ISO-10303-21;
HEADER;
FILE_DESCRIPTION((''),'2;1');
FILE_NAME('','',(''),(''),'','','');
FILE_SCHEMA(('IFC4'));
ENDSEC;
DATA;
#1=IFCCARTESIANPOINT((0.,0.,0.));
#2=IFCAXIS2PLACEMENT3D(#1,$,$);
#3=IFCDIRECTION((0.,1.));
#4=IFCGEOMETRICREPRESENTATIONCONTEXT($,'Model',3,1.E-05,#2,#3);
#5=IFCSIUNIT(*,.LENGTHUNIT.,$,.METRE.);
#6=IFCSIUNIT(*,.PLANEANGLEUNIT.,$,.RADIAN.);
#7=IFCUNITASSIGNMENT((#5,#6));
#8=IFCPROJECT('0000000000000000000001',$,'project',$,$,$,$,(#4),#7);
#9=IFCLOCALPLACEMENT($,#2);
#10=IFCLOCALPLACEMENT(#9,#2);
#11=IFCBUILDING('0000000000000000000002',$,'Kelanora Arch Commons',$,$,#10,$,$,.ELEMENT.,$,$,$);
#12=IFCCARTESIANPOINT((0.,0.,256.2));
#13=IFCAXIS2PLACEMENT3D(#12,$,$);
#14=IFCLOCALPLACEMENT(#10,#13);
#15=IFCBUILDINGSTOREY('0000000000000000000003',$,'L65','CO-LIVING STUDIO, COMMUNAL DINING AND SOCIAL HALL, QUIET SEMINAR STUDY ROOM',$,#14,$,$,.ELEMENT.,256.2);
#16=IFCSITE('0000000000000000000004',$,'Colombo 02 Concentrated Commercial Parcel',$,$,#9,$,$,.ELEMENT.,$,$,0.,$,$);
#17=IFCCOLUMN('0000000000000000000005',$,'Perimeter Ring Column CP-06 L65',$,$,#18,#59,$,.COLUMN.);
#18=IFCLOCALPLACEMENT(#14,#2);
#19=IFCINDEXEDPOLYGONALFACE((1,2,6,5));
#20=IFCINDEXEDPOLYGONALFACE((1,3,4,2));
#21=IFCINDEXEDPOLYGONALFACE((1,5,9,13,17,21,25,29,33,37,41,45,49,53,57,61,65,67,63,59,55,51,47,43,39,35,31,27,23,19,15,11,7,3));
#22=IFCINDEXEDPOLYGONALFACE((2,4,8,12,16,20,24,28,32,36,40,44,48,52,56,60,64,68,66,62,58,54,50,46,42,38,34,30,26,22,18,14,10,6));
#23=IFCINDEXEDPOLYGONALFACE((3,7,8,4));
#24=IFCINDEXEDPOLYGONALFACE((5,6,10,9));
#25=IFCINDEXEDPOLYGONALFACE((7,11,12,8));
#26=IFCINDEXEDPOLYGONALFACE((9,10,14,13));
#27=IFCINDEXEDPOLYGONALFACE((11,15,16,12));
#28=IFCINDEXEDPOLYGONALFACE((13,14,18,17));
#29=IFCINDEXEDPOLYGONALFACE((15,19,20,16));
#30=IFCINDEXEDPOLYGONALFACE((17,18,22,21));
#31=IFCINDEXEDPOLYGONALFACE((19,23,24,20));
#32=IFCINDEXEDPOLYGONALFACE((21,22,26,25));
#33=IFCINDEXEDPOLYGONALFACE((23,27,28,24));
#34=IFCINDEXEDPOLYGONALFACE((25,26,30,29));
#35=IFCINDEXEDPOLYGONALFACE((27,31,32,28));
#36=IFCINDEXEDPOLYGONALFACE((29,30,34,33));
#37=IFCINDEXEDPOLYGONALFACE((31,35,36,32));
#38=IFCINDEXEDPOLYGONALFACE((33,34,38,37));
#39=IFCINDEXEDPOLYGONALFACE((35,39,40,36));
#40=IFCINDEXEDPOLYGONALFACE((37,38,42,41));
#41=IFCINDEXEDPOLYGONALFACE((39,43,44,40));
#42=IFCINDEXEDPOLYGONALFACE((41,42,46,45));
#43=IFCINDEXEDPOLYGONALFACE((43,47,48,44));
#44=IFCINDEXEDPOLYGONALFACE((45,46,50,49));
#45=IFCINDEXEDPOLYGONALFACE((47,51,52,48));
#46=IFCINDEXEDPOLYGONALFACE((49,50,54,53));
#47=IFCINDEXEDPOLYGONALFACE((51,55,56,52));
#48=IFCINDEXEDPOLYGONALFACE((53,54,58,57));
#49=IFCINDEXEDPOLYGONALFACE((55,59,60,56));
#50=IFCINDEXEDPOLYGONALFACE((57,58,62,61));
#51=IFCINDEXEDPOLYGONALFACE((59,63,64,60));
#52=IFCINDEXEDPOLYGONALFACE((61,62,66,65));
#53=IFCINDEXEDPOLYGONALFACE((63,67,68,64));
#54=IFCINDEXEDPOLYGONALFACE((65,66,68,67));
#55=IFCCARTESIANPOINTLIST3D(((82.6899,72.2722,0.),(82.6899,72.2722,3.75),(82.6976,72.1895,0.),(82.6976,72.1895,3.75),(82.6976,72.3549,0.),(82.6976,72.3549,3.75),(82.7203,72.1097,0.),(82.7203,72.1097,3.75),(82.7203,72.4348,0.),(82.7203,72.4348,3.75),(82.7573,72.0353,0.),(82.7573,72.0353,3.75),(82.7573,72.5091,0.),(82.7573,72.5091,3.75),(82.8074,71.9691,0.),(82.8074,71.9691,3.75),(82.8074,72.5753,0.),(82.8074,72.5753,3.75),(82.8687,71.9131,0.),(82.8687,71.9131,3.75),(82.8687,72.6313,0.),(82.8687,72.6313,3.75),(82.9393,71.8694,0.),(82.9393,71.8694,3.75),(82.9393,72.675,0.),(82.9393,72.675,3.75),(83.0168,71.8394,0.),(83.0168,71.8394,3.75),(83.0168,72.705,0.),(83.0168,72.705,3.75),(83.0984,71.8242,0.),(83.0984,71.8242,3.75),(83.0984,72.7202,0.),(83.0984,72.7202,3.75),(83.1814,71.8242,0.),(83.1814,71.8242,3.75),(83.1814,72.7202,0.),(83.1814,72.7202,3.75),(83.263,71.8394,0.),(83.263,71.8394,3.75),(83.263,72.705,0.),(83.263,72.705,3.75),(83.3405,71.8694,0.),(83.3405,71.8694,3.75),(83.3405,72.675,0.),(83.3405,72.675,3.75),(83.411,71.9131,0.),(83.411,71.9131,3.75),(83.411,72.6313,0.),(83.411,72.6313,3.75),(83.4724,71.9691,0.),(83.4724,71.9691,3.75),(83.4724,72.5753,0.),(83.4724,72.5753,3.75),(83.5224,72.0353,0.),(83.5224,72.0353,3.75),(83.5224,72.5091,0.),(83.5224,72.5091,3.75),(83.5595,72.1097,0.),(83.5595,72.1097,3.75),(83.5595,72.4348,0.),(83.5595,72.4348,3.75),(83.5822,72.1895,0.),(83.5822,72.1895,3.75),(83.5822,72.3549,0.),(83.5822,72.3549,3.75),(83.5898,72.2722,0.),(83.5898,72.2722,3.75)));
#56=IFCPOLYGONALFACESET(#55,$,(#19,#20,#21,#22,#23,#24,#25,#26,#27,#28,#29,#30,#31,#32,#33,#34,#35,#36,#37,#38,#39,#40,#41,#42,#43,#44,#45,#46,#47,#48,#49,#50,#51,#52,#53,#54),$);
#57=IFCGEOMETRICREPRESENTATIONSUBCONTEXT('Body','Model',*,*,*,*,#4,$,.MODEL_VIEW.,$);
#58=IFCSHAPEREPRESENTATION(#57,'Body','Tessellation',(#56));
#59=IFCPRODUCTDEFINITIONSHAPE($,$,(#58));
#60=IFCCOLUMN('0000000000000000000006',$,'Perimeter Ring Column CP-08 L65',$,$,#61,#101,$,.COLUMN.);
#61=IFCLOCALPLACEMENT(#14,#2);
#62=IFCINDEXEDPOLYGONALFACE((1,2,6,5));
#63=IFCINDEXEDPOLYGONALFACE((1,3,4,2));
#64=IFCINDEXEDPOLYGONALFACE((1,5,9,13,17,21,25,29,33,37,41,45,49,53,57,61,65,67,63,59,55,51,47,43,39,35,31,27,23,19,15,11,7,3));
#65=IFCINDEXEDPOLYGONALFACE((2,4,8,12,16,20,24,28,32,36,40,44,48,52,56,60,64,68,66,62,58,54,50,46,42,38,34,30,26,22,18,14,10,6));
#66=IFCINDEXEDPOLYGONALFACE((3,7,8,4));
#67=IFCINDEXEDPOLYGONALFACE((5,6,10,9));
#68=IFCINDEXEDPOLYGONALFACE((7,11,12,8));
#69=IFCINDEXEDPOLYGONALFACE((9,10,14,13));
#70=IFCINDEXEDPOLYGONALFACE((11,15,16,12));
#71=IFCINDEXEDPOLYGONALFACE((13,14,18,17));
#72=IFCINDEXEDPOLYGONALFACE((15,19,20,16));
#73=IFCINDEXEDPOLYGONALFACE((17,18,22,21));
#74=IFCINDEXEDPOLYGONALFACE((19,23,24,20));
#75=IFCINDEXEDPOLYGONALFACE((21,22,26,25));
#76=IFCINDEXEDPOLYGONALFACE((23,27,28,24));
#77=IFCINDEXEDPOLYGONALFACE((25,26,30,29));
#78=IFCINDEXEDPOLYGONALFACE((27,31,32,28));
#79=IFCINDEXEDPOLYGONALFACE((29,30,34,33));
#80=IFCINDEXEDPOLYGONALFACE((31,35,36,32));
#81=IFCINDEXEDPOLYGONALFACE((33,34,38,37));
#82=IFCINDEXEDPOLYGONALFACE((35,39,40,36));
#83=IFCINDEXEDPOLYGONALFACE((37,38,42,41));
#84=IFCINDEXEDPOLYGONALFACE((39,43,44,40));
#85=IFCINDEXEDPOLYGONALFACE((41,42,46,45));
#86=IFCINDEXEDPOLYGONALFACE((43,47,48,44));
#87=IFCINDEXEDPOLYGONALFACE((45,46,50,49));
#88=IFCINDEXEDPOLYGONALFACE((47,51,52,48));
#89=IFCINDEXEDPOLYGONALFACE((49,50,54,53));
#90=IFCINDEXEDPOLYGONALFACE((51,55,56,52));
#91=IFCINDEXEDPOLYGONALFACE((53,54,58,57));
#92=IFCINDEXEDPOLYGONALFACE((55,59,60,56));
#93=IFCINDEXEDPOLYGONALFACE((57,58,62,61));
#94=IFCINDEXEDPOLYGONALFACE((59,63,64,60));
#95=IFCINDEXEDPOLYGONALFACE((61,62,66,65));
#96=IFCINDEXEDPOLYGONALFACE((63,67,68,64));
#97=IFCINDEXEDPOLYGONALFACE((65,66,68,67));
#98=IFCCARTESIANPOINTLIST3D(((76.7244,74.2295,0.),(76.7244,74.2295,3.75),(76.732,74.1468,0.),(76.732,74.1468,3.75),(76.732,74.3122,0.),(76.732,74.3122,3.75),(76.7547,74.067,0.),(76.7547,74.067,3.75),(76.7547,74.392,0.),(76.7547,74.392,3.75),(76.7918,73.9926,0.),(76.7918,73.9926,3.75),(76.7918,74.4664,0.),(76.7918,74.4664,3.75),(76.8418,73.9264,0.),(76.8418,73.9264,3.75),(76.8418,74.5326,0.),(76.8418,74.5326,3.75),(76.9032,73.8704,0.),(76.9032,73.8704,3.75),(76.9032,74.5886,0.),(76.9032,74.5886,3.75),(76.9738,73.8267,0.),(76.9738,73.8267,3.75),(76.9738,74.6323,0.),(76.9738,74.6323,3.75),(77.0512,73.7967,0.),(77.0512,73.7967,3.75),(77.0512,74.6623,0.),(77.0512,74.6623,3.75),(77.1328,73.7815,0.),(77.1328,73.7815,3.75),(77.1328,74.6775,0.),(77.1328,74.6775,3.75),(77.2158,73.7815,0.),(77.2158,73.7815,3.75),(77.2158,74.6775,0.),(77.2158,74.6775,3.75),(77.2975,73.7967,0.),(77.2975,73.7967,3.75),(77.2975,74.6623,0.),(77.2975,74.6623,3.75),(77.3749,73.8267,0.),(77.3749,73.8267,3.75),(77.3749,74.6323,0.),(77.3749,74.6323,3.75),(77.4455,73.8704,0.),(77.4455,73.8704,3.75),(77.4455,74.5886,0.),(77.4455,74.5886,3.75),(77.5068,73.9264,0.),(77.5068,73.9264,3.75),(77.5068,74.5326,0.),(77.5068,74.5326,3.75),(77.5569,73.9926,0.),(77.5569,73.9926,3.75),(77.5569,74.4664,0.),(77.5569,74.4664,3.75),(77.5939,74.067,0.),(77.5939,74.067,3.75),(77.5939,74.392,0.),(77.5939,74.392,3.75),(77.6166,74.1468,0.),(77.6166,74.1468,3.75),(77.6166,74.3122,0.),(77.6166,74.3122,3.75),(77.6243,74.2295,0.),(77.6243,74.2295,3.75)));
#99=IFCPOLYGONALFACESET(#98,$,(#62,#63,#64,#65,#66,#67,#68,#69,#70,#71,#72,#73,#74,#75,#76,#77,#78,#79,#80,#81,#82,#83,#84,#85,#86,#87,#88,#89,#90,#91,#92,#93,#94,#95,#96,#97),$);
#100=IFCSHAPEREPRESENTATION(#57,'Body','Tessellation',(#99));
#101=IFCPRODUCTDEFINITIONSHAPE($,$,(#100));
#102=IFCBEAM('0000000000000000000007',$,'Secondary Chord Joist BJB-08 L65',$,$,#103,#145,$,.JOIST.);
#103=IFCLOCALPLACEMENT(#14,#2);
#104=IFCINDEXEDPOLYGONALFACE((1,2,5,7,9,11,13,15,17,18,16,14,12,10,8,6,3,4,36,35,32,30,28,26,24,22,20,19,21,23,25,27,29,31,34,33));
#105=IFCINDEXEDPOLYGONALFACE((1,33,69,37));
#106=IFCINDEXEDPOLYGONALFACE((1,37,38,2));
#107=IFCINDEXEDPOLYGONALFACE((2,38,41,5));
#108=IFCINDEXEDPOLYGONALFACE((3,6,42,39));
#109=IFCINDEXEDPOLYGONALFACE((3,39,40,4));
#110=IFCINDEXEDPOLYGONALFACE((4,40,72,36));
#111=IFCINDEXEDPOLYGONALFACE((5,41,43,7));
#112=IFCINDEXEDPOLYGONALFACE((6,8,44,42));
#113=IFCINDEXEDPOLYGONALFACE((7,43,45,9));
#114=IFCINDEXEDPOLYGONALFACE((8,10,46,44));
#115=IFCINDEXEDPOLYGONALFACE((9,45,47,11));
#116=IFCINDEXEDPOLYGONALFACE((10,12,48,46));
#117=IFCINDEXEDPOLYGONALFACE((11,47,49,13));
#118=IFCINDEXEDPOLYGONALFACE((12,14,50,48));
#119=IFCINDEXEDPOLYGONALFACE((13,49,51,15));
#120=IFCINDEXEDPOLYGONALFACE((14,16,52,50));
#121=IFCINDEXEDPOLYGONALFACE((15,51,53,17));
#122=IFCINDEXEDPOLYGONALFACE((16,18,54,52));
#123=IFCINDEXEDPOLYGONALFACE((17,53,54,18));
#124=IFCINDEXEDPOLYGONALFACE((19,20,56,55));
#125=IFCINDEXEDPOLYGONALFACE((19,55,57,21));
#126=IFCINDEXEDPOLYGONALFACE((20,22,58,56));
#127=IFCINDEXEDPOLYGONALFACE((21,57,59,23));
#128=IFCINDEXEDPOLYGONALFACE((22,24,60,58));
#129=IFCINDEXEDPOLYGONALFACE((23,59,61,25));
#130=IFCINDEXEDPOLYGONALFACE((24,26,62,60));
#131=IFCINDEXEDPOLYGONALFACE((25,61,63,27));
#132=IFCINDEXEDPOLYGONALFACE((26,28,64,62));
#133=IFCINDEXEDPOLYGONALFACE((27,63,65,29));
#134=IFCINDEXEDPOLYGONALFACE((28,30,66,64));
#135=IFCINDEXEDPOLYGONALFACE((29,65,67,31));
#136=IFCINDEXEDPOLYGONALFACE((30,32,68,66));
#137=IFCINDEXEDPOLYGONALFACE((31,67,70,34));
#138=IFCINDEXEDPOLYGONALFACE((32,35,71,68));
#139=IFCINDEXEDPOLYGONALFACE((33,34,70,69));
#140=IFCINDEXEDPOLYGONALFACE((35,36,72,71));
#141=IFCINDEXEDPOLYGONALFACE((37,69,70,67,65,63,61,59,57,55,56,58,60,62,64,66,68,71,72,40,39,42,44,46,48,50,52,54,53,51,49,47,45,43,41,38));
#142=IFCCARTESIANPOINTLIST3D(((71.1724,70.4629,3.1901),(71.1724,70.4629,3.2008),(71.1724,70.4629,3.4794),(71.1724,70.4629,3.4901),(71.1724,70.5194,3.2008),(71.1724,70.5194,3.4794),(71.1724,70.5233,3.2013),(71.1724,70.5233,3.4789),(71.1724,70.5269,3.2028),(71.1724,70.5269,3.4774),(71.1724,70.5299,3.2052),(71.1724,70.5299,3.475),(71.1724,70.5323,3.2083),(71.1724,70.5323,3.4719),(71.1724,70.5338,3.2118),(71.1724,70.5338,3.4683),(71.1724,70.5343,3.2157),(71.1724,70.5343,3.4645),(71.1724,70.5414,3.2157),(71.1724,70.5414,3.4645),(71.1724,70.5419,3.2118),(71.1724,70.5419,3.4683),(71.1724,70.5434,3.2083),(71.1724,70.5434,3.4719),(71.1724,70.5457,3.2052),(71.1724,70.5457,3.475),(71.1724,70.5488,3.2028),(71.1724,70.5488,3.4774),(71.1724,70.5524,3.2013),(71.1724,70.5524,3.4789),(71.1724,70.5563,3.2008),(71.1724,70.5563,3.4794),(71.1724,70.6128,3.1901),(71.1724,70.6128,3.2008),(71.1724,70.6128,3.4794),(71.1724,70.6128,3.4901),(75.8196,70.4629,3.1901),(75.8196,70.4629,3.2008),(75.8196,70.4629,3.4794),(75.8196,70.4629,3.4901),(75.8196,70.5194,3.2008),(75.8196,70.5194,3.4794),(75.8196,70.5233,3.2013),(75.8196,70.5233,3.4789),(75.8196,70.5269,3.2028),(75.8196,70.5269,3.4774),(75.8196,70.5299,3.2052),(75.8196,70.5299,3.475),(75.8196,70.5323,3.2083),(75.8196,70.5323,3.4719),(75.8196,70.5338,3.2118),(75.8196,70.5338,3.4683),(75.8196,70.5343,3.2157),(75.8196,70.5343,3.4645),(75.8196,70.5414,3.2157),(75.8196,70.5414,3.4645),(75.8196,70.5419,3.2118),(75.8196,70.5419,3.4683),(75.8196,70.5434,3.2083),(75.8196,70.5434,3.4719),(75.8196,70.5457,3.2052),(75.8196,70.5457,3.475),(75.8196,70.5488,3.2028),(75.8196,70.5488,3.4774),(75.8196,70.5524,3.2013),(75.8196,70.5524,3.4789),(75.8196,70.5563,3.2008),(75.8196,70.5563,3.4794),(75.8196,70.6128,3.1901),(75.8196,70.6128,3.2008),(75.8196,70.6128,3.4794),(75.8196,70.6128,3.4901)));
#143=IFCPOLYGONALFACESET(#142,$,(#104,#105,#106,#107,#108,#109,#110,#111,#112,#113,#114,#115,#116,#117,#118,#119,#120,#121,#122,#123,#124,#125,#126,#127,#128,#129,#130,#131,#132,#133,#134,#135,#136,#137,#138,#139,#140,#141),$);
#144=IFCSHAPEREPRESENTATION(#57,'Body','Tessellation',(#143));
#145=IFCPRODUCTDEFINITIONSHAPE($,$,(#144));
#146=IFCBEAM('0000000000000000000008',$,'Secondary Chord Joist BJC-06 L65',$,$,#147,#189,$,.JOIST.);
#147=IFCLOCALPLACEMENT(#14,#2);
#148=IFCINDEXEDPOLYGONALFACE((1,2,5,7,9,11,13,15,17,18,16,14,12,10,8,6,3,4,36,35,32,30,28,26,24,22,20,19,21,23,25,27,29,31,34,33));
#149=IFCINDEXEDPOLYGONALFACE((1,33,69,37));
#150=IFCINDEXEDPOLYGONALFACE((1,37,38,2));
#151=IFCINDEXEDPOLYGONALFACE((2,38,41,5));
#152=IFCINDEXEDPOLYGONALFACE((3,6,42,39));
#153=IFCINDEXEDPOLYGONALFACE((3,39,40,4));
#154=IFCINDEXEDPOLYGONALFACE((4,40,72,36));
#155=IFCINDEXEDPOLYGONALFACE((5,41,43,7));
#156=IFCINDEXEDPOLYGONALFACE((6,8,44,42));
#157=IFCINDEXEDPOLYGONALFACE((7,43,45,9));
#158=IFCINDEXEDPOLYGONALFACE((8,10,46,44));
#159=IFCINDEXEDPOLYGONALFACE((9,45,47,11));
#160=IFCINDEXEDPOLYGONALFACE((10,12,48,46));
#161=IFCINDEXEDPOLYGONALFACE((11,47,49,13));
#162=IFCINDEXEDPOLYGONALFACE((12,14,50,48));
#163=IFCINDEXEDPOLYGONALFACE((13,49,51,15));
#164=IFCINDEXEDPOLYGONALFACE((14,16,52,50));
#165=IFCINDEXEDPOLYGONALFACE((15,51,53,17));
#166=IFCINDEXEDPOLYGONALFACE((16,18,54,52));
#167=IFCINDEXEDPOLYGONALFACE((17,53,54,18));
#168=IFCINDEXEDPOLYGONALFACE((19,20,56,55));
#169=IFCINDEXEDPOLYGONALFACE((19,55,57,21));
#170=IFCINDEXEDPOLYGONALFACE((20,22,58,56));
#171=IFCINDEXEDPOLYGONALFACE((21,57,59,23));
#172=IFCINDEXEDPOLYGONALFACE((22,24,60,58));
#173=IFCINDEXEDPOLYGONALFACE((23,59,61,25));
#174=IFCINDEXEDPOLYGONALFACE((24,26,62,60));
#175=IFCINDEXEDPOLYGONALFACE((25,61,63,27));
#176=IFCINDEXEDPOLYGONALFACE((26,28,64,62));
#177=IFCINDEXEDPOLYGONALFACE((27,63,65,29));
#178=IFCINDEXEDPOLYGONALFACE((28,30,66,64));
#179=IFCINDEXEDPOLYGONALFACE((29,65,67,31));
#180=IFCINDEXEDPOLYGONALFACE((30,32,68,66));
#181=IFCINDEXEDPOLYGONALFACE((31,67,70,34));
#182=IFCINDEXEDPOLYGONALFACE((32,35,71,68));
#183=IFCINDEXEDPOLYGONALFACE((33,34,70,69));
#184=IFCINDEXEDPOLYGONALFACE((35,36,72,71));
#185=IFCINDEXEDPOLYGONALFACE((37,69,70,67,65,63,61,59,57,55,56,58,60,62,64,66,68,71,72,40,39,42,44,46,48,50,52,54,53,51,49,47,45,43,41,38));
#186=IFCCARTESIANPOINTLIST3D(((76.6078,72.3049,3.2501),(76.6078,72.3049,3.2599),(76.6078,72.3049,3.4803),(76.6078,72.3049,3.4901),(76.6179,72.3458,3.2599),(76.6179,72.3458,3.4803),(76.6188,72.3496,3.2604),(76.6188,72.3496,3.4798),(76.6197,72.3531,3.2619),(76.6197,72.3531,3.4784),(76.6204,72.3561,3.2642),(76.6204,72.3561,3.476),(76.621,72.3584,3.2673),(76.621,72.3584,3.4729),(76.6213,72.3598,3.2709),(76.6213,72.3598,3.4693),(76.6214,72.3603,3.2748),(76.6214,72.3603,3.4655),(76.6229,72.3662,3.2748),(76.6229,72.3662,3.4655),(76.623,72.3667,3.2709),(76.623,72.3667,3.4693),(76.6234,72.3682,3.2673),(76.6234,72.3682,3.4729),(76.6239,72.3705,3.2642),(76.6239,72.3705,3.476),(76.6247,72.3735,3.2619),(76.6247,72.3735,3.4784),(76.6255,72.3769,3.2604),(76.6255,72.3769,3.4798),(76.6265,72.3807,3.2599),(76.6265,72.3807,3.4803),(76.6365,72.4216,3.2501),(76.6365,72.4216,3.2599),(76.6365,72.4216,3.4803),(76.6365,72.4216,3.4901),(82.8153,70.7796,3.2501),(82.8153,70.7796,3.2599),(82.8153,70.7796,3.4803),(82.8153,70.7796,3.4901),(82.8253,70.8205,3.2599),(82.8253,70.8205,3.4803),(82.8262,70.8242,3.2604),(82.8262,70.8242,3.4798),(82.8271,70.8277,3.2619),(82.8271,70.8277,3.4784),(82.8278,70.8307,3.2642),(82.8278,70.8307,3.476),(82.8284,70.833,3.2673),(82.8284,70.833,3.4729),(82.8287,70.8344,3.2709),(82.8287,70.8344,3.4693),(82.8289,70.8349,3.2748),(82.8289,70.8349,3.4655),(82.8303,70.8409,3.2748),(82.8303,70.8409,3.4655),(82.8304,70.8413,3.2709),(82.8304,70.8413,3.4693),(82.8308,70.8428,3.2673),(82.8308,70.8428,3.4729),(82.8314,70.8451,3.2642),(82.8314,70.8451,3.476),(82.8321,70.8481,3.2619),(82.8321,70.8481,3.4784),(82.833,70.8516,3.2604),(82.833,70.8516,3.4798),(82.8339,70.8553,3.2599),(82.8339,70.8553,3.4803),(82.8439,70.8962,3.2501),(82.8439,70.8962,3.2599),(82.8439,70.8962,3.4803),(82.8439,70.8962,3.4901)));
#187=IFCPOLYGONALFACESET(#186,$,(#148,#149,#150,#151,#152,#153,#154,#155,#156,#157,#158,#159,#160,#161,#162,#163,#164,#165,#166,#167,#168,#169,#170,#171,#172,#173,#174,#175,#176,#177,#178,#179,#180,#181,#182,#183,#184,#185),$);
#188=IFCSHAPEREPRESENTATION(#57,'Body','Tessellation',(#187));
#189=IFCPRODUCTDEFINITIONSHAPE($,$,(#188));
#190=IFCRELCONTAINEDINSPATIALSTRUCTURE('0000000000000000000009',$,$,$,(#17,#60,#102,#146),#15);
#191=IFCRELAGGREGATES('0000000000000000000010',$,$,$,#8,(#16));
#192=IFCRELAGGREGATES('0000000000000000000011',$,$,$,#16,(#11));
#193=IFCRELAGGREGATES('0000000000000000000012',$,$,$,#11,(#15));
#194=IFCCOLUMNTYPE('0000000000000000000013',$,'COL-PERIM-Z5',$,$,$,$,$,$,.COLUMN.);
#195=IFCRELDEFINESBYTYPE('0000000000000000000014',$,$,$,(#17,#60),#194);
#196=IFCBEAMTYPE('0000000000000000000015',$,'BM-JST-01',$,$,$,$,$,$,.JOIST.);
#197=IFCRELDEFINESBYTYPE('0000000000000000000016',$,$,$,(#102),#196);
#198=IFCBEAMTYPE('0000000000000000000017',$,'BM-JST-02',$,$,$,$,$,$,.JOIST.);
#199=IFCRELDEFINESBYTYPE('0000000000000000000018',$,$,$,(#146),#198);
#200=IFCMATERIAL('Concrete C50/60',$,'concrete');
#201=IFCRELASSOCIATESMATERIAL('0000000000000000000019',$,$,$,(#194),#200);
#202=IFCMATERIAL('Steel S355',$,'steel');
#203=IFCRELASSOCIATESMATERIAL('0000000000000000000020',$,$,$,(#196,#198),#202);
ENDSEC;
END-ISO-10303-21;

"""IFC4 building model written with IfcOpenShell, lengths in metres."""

from ifc_helpers import new_model, si_unit, direction, frame, origin, origin_2d, place, context, subcontext, project, spatial, circle, i_section, extrude, material, material_profile, profile_set, type_object, element, save


model = new_model("IFC4")

# Units and contexts
model_context = context("Model", 3, precision=1e-05, world=origin(), true_north=direction((0.0, 1.0)))
body_context = subcontext(model_context, "Body", "Model", "MODEL_VIEW")
ifc_project = project(units=[si_unit("LENGTHUNIT", "METRE"), si_unit("PLANEANGLEUNIT", "RADIAN")], contexts=[model_context])

# Site, building, storey
site_placement = place(None, origin())
site = spatial("IfcSite", under=ifc_project, at=site_placement, Name="Colombo 02 Concentrated Commercial Parcel", CompositionType="ELEMENT", RefElevation=0.0)
building_placement = place(site_placement, origin())
building = spatial("IfcBuilding", under=site, at=building_placement, Name="Kelanora Arch Commons", CompositionType="ELEMENT")
storey_placement = place(building_placement, frame((0.0, 0.0, 256.2)))
storey = spatial("IfcBuildingStorey", under=building, at=storey_placement, Name="L65", Description="CO-LIVING STUDIO, COMMUNAL DINING AND SOCIAL HALL, QUIET SEMINAR STUDY ROOM", CompositionType="ELEMENT", Elevation=256.2)

# Columns
ifc_material_1 = material(Name="Concrete C50/60", Category="concrete")
ifc_material_profile_1 = material_profile(ifc_material_1, circle(Radius=0.45, at=origin_2d()), Name="RCC900")
ifc_profile_set_1 = profile_set([ifc_material_profile_1], Name="Concrete C50/60")
column_type = type_object("IfcColumnType", Name="COL-PERIM-Z5", PredefinedType="COLUMN", material=ifc_profile_set_1)
for number, where, z_axis, x_axis, name in (
    (1, (83.1399, 72.2722, 0.0), (0.0, 0.0, 1.0), (1.0, 0.0, 0.0), "Perimeter Ring Column CP-06 L65"),
    (2, (77.1743, 74.2295, 0.0), (0.0, 0.0, 1.0), (1.0, 0.0, 0.0), "Perimeter Ring Column CP-08 L65"),
):
    element("IfcColumn", number, at=place(storey_placement, frame(where, z_axis=z_axis, x_axis=x_axis)), inside=storey, type_object=column_type, Name=name, PredefinedType="COLUMN", context=body_context, shape_type="SweptSolid", body=[
        extrude(circle(Radius=0.45, at=origin_2d()), origin(), (0.0, 0.0, 1.0), 3.75),
    ])

# Beams
ifc_material_2 = material(Name="Steel S355", Category="steel")
ifc_material_profile_2 = material_profile(ifc_material_2, i_section(OverallWidth=0.1499, OverallDepth=0.3, WebThickness=0.0071, FlangeThickness=0.0107, FilletRadius=0.0149, at=origin_2d()), Name="IPE300")
ifc_profile_set_2 = profile_set([ifc_material_profile_2], Name="Steel S355")
beam_type_1 = type_object("IfcBeamType", Name="BM-JST-01", PredefinedType="JOIST", material=ifc_profile_set_2)
beam_1_placement = place(storey_placement, frame((75.8196, 70.5378, 3.3401), z_axis=(-1.0, 0.0, 0.0), x_axis=(0.0, -1.0, 0.0)))
element("IfcBeam", 3, at=beam_1_placement, inside=storey, type_object=beam_type_1, Name="Secondary Chord Joist BJB-08 L65", PredefinedType="JOIST", context=body_context, shape_type="SweptSolid", body=[
    extrude(i_section(OverallWidth=0.1499, OverallDepth=0.3, WebThickness=0.0071, FlangeThickness=0.0107, FilletRadius=0.0149, at=origin_2d()), origin(), (0.0, 0.0, 1.0), 4.6472),
])
ifc_material_profile_3 = material_profile(ifc_material_2, i_section(OverallWidth=0.1201, OverallDepth=0.24, WebThickness=0.0061, FlangeThickness=0.0098, FilletRadius=0.0149, at=origin_2d()), Name="IPE240")
ifc_profile_set_3 = profile_set([ifc_material_profile_3], Name="Steel S355")
beam_type_2 = type_object("IfcBeamType", Name="BM-JST-02", PredefinedType="JOIST", material=ifc_profile_set_3)
beam_2_placement = place(storey_placement, frame((82.8296, 70.8379, 3.3701), z_axis=(-0.97111, 0.238633, 0.0), x_axis=(-0.238633, -0.97111, 0.0)))
element("IfcBeam", 4, at=beam_2_placement, inside=storey, type_object=beam_type_2, Name="Secondary Chord Joist BJC-06 L65", PredefinedType="JOIST", context=body_context, shape_type="SweptSolid", body=[
    extrude(i_section(OverallWidth=0.1201, OverallDepth=0.24, WebThickness=0.0061, FlangeThickness=0.0098, FilletRadius=0.0149, at=origin_2d()), origin(), (0.0, 0.0, 1.0), 6.3921),
])

save(model, "model.ifc")
